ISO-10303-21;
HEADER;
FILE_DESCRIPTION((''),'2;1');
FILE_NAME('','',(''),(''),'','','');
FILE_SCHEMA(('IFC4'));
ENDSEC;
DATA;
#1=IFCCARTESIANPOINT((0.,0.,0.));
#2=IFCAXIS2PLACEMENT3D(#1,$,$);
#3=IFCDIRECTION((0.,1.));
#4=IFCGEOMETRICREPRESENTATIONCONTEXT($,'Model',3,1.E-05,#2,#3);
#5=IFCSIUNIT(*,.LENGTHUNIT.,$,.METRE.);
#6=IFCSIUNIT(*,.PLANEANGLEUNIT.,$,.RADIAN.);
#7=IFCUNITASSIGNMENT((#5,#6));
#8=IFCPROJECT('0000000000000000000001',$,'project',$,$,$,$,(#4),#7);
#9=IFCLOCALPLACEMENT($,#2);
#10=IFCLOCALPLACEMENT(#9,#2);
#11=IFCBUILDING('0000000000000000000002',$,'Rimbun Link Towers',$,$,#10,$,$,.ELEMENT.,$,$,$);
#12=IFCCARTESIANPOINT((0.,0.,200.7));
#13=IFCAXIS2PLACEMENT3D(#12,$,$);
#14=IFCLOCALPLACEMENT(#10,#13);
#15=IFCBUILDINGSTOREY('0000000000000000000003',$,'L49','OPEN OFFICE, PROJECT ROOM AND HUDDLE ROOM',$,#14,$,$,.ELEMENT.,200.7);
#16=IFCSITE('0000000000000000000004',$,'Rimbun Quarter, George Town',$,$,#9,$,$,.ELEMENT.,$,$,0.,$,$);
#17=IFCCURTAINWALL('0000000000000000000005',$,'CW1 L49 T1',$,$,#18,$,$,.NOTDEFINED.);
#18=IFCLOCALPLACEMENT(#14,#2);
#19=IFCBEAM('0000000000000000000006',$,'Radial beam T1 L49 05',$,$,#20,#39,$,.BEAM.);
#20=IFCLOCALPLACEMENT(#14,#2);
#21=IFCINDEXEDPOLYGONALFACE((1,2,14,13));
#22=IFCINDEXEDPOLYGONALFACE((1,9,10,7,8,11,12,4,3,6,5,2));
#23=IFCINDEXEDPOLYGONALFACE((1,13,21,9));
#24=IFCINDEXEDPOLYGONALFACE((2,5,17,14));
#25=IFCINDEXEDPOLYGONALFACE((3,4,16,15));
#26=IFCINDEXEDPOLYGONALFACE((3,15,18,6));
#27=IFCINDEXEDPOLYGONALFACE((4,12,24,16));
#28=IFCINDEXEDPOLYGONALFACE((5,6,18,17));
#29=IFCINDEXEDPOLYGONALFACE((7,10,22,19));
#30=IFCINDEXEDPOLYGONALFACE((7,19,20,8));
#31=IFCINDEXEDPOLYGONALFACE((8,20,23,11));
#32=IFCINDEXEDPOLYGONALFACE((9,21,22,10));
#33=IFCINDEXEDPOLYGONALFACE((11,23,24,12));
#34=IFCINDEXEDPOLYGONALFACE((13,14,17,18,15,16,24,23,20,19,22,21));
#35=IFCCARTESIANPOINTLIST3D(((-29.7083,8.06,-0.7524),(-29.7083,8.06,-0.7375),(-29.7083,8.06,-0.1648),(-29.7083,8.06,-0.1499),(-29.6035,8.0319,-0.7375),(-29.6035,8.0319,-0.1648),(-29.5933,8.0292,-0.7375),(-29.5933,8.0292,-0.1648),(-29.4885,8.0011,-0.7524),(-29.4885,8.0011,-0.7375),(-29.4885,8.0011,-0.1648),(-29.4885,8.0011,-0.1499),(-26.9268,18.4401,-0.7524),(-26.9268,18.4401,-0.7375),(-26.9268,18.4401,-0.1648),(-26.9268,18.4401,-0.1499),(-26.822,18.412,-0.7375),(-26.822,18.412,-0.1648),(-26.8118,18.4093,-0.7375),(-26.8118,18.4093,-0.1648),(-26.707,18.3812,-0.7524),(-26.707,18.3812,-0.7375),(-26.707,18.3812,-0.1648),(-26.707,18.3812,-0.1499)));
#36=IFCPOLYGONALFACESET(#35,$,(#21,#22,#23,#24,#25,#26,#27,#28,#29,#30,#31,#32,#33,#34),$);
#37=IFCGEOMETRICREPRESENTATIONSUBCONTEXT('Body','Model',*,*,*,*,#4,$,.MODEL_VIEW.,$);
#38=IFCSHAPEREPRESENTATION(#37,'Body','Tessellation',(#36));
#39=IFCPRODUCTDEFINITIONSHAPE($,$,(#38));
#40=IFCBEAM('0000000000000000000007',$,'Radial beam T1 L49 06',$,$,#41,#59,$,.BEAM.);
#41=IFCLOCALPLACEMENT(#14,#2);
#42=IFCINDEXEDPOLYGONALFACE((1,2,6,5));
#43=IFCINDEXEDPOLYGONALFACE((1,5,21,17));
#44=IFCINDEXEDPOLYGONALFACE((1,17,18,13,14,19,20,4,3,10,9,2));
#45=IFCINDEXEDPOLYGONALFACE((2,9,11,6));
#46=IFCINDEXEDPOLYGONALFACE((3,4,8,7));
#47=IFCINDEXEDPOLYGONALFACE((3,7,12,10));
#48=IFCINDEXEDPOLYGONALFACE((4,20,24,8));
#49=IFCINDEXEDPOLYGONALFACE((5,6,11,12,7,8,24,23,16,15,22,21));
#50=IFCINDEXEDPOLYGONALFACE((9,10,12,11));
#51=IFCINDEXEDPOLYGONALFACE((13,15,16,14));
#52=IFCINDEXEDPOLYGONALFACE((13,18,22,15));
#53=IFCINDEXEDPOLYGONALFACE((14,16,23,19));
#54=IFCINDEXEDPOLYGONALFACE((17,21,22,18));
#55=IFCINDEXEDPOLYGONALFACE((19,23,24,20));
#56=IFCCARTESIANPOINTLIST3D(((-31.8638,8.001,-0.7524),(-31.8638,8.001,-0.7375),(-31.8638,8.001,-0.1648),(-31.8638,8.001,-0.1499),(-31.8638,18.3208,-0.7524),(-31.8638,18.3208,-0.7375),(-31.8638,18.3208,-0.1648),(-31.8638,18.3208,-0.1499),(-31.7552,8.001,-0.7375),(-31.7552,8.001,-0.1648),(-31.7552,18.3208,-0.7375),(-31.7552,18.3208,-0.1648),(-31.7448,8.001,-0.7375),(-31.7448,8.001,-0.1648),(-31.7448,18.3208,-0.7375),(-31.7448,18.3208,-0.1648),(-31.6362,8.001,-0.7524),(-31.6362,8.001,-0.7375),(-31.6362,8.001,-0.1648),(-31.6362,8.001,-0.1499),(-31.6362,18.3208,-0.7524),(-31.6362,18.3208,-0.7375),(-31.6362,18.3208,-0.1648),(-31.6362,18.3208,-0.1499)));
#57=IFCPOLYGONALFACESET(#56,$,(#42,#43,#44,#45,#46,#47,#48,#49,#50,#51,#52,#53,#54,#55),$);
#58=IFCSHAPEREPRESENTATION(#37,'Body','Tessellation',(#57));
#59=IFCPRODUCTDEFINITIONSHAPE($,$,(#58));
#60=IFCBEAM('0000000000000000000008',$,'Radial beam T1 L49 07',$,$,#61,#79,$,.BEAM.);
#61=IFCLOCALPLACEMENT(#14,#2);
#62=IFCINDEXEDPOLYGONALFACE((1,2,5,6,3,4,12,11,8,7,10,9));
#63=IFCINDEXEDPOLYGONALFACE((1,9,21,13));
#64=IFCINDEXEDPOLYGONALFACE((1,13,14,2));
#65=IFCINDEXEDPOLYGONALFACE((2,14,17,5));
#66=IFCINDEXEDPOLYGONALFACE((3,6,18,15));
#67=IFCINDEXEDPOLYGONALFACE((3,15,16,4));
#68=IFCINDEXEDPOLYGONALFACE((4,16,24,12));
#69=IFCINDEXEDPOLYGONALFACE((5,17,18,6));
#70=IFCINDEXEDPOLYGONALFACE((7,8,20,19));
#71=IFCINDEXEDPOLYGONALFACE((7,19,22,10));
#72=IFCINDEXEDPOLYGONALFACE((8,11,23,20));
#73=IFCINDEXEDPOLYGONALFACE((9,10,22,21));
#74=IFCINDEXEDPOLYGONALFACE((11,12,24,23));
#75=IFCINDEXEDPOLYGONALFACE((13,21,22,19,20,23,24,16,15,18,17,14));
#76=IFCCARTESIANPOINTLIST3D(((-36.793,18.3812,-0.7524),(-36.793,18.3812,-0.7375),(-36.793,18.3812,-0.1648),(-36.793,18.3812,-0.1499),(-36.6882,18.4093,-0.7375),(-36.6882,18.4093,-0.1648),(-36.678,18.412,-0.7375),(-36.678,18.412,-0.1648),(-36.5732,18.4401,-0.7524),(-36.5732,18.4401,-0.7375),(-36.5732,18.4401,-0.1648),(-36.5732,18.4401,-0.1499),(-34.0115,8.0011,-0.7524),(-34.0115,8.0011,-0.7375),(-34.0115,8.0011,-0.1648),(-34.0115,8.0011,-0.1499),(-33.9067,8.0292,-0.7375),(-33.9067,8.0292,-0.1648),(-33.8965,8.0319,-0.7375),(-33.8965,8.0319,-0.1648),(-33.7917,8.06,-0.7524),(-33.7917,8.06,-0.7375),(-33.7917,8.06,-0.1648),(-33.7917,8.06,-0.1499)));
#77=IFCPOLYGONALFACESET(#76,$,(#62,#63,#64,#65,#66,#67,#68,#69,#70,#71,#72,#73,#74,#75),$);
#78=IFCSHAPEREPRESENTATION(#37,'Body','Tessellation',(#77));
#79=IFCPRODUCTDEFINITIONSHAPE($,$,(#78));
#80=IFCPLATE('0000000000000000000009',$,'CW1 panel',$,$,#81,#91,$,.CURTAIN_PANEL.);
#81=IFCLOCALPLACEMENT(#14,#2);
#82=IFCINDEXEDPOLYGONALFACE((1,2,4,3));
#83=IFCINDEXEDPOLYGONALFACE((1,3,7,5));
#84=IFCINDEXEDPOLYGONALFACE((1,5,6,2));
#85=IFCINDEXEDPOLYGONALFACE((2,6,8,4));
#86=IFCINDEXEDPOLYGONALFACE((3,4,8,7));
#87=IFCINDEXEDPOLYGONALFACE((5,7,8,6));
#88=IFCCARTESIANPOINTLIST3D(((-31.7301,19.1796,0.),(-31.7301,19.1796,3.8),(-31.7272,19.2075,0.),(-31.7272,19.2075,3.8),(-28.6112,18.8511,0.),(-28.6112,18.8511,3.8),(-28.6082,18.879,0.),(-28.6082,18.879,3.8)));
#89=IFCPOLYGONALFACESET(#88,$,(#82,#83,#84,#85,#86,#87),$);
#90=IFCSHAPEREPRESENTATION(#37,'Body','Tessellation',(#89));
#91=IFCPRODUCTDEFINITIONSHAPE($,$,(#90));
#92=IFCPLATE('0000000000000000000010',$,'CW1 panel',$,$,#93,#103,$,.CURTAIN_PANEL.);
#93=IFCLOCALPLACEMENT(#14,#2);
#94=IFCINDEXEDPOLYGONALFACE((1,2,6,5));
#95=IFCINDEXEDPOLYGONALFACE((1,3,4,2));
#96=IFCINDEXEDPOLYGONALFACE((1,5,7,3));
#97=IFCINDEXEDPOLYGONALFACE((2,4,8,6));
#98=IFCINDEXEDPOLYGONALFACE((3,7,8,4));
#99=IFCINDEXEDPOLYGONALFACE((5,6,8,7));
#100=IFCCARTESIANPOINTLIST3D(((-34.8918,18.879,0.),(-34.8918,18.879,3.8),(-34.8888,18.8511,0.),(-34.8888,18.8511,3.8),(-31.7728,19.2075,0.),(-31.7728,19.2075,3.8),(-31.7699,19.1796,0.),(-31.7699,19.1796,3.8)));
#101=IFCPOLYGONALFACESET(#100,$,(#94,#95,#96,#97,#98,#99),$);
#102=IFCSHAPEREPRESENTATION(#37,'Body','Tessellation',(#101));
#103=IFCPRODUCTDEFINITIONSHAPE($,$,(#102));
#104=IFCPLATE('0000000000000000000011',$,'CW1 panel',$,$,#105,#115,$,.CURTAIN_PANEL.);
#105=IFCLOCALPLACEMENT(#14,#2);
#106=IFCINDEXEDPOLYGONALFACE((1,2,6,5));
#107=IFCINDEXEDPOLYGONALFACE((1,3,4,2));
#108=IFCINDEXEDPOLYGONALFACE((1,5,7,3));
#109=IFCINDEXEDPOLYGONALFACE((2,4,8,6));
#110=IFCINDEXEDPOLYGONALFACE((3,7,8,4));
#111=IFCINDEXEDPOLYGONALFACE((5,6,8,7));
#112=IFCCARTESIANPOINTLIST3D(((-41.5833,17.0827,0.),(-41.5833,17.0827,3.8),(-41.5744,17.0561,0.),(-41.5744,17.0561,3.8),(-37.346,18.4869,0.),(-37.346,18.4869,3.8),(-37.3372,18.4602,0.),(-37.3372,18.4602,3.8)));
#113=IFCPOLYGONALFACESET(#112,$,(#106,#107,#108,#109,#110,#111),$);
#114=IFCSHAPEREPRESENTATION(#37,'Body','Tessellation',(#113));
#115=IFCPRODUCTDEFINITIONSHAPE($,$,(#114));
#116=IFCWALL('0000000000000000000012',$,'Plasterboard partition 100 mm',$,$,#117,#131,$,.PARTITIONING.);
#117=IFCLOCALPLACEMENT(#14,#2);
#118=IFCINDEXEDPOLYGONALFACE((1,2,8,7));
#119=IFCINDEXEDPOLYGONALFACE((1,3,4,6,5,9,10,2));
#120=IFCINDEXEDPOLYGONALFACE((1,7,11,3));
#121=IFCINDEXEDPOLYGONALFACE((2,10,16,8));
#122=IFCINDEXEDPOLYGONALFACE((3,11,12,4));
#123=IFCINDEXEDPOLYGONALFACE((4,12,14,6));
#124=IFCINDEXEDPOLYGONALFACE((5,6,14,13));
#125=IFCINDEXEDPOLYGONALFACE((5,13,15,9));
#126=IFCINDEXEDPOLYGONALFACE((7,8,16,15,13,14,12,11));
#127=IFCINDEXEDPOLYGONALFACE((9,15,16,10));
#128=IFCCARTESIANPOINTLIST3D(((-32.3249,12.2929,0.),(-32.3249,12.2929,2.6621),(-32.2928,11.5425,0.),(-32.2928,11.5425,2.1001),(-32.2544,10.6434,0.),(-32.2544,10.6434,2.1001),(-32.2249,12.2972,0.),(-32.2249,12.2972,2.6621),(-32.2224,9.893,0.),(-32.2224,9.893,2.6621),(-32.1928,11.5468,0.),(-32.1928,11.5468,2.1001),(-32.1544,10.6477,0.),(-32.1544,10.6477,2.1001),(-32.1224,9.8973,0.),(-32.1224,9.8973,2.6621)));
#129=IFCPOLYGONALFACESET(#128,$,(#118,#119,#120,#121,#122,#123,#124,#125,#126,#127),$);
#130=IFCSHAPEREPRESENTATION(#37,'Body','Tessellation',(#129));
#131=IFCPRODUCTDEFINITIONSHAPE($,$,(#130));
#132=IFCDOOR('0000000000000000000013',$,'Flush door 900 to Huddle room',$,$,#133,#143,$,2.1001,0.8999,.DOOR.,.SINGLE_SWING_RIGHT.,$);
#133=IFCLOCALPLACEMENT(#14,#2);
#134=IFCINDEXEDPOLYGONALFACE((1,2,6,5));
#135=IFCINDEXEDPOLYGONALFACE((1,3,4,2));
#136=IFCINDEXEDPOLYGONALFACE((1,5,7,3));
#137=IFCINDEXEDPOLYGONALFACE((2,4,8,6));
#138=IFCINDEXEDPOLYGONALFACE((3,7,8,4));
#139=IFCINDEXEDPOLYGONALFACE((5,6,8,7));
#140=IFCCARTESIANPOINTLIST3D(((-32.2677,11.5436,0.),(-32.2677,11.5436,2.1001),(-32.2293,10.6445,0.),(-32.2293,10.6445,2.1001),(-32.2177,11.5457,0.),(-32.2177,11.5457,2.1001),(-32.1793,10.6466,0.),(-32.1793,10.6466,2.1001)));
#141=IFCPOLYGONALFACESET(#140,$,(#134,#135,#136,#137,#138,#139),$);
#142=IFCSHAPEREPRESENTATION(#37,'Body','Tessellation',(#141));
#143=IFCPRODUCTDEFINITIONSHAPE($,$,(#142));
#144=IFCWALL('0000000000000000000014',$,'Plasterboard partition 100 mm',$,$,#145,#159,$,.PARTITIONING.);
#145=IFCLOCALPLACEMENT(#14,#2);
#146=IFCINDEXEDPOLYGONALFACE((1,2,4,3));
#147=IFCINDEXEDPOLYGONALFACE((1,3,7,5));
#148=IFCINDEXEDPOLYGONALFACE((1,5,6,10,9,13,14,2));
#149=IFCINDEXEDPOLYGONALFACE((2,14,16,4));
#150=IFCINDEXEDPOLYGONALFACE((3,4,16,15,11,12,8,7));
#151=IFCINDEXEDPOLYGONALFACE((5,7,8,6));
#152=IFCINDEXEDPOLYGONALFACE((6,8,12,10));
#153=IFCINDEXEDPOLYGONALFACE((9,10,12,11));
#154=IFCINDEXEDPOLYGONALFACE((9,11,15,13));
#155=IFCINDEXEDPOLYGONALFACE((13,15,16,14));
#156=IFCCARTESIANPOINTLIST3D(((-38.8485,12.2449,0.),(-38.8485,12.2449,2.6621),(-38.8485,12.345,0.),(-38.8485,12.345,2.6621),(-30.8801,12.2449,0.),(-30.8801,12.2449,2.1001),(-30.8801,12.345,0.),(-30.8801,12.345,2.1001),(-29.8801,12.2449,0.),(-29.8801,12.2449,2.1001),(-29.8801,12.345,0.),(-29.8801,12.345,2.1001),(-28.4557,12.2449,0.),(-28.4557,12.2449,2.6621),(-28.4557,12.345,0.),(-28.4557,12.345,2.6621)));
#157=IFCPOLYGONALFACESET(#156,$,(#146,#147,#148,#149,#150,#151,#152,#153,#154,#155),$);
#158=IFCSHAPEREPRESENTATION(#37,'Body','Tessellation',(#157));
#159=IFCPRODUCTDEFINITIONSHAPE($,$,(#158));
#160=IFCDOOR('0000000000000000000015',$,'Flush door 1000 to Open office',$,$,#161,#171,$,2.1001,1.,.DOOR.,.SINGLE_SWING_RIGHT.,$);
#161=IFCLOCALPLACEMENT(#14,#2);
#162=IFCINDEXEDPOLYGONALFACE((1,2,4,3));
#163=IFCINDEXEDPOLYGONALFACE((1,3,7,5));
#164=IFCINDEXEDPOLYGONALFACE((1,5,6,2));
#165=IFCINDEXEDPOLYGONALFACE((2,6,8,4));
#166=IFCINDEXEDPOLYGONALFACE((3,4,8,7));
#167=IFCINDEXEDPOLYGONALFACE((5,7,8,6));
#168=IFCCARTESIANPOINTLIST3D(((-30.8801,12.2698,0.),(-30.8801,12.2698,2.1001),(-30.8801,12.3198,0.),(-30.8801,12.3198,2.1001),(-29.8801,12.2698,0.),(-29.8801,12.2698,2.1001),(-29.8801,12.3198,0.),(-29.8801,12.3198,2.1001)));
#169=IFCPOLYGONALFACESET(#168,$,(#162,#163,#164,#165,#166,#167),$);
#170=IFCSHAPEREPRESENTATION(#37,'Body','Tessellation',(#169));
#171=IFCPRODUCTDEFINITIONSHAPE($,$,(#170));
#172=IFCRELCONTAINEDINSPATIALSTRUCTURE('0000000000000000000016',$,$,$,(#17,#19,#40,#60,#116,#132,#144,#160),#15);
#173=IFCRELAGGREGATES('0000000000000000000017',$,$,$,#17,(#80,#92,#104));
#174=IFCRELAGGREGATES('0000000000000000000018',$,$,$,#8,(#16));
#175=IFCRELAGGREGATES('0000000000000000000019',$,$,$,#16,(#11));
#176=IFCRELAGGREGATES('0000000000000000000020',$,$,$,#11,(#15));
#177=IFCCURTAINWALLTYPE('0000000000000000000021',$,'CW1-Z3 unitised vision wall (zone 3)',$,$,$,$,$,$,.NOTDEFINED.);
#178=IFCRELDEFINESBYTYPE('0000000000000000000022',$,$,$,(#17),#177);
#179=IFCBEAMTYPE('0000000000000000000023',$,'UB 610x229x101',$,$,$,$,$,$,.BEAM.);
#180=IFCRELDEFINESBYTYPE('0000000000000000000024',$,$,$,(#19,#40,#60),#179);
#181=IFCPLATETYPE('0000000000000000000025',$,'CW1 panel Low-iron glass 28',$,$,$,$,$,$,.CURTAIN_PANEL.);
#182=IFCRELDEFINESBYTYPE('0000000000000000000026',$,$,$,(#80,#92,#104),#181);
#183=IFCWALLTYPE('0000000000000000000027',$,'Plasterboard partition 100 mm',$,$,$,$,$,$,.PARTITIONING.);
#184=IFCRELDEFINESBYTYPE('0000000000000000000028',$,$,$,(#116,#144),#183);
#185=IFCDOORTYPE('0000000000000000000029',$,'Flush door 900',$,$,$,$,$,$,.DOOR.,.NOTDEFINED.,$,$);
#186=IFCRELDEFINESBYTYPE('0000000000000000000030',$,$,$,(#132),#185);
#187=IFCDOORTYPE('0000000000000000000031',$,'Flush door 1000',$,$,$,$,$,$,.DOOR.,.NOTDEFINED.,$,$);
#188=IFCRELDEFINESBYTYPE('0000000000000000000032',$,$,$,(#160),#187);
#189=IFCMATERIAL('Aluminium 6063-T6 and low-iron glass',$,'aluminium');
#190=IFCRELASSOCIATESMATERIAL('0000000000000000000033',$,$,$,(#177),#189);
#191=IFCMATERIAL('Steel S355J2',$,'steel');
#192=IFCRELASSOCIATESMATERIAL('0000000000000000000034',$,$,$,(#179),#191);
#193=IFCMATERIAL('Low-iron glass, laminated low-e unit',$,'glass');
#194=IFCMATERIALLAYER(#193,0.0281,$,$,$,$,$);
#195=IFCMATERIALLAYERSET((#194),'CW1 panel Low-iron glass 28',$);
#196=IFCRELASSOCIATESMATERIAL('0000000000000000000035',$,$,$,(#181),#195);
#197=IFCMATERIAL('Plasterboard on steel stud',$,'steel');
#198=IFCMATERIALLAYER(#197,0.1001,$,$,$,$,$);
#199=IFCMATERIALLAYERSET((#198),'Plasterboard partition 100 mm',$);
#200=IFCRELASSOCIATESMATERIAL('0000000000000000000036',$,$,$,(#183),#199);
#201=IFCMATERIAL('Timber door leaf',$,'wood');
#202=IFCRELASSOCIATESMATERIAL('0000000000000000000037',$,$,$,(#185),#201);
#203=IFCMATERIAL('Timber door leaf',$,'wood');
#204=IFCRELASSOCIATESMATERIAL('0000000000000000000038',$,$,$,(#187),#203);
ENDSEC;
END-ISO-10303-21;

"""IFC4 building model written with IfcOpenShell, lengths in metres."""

from ifc_helpers import new_model, si_unit, direction, frame, frame_2d, origin, origin_2d, place, context, subcontext, project, spatial, rectangle, i_section, extrude, material, layer, layer_set, material_profile, profile_set, type_object, element, fill, aggregate, save


model = new_model("IFC4")

# Units and contexts
model_context = context("Model", 3, precision=1e-05, world=origin(), true_north=direction((0.0, 1.0)))
body_context = subcontext(model_context, "Body", "Model", "MODEL_VIEW")
ifc_project = project(units=[si_unit("LENGTHUNIT", "METRE"), si_unit("PLANEANGLEUNIT", "RADIAN")], contexts=[model_context])

# Site, building, storey
site_placement = place(None, origin())
site = spatial("IfcSite", under=ifc_project, at=site_placement, Name="Rimbun Quarter, George Town", CompositionType="ELEMENT", RefElevation=0.0)
building_placement = place(site_placement, origin())
building = spatial("IfcBuilding", under=site, at=building_placement, Name="Rimbun Link Towers", CompositionType="ELEMENT")
storey_placement = place(building_placement, frame((0.0, 0.0, 200.7)))
storey = spatial("IfcBuildingStorey", under=building, at=storey_placement, Name="L49", Description="OPEN OFFICE, PROJECT ROOM AND HUDDLE ROOM", CompositionType="ELEMENT", Elevation=200.7)

# Curtain wall
ifc_material_1 = material(Name="Aluminium 6063-T6 and low-iron glass", Category="aluminium")
curtain_wall_type = type_object("IfcCurtainWallType", Name="CW1-Z3 unitised vision wall (zone 3)", PredefinedType="NOTDEFINED", material=ifc_material_1)
curtain_wall_placement = place(storey_placement, origin())
curtain_wall = element("IfcCurtainWall", 1, at=curtain_wall_placement, inside=storey, type_object=curtain_wall_type, Name="CW1 L49 T1", PredefinedType="NOTDEFINED")

# Beams
ifc_material_2 = material(Name="Steel S355J2", Category="steel")
ifc_material_profile_1 = material_profile(ifc_material_2, i_section(OverallWidth=0.2275, OverallDepth=0.6025, WebThickness=0.0105, FlangeThickness=0.0149, at=origin_2d()), Name="UB 610x229x101")
ifc_profile_set_1 = profile_set([ifc_material_profile_1], Name="Steel S355J2")
beam_type_1 = type_object("IfcBeamType", Name="UB 610x229x101", PredefinedType="BEAM", material=ifc_profile_set_1)
beam_1_placement = place(storey_placement, frame((-29.5984, 8.0305, -0.4512), z_axis=(0.258832, 0.965922, 0.0), x_axis=(-0.965922, 0.258832, 0.0)))
element("IfcBeam", 2, at=beam_1_placement, inside=storey, type_object=beam_type_1, Name="Radial beam T1 L49 05", PredefinedType="BEAM", context=body_context, shape_type="SweptSolid", body=[
    extrude(i_section(OverallWidth=0.2275, OverallDepth=0.6025, WebThickness=0.0105, FlangeThickness=0.0149, at=origin_2d()), origin(), (0.0, 0.0, 1.0), 10.7463),
])
beam_2_placement = place(storey_placement, frame((-31.75, 8.001, -0.4512), z_axis=(0.0, 1.0, 0.0), x_axis=(-1.0, 0.0, 0.0)))
element("IfcBeam", 3, at=beam_2_placement, inside=storey, type_object=beam_type_1, Name="Radial beam T1 L49 06", PredefinedType="BEAM", context=body_context, shape_type="SweptSolid", body=[
    extrude(i_section(OverallWidth=0.2275, OverallDepth=0.6025, WebThickness=0.0105, FlangeThickness=0.0149, at=origin_2d()), origin(), (0.0, 0.0, 1.0), 10.3198),
])
beam_3_placement = place(storey_placement, frame((-33.9016, 8.0305, -0.4512), z_axis=(-0.258832, 0.965922, 0.0), x_axis=(-0.965922, -0.258832, 0.0)))
element("IfcBeam", 4, at=beam_3_placement, inside=storey, type_object=beam_type_1, Name="Radial beam T1 L49 07", PredefinedType="BEAM", context=body_context, shape_type="SweptSolid", body=[
    extrude(i_section(OverallWidth=0.2275, OverallDepth=0.6025, WebThickness=0.0105, FlangeThickness=0.0149, at=origin_2d()), origin(), (0.0, 0.0, 1.0), 10.7463),
])

# Plates
ifc_material_3 = material(Name="Low-iron glass, laminated low-e unit", Category="glass")
ifc_layer_1 = layer(ifc_material_3, 0.0281)
ifc_layer_set_1 = layer_set([ifc_layer_1], Name="CW1 panel Low-iron glass 28")
plate_type = type_object("IfcPlateType", Name="CW1 panel Low-iron glass 28", PredefinedType="CURTAIN_PANEL", material=ifc_layer_set_1)
plate_1_placement = place(storey_placement, frame((-30.1692, 19.0293, 0.0), z_axis=(0.0, 0.0, 1.0), x_axis=(0.994499, -0.104748, 0.0)))
plate_1 = element("IfcPlate", 5, at=plate_1_placement, type_object=plate_type, Name="CW1 panel", PredefinedType="CURTAIN_PANEL", context=body_context, shape_type="SweptSolid", body=[
    extrude(rectangle(XDim=3.1362, YDim=0.0281, at=origin_2d()), origin(), (0.0, 0.0, 1.0), 3.8),
])
plate_2_placement = place(storey_placement, frame((-33.3308, 19.0293, 0.0), z_axis=(0.0, 0.0, 1.0), x_axis=(0.994499, 0.104748, 0.0)))
plate_2 = element("IfcPlate", 6, at=plate_2_placement, type_object=plate_type, Name="CW1 panel", PredefinedType="CURTAIN_PANEL", context=body_context, shape_type="SweptSolid", body=[
    extrude(rectangle(XDim=3.1362, YDim=0.0281, at=origin_2d()), origin(), (0.0, 0.0, 1.0), 3.8),
])
plate_3_placement = place(storey_placement, frame((-39.4602, 17.7715, 0.0), z_axis=(0.0, 0.0, 1.0), x_axis=(0.949238, 0.314558, 0.0)))
plate_3 = element("IfcPlate", 7, at=plate_3_placement, type_object=plate_type, Name="CW1 panel", PredefinedType="CURTAIN_PANEL", context=body_context, shape_type="SweptSolid", body=[
    extrude(rectangle(XDim=4.4639, YDim=0.0281, at=origin_2d()), origin(), (0.0, 0.0, 1.0), 3.8),
])
aggregate(curtain_wall, [plate_1, plate_2, plate_3])

# Walls, openings, doors
ifc_material_4 = material(Name="Plasterboard on steel stud", Category="steel")
ifc_layer_2 = layer(ifc_material_4, 0.1001)
ifc_layer_set_2 = layer_set([ifc_layer_2], Name="Plasterboard partition 100 mm")
wall_type_1 = type_object("IfcWallType", Name="Plasterboard partition 100 mm", PredefinedType="PARTITIONING", material=ifc_layer_set_2)
wall_1_placement = place(storey_placement, frame((-32.1724, 9.895, 0.0), z_axis=(0.0, 0.0, 1.0), x_axis=(-0.042687, 0.999088, 0.0)))
wall_1 = element("IfcWall", 8, at=wall_1_placement, inside=storey, type_object=wall_type_1, Name="Plasterboard partition 100 mm", PredefinedType="PARTITIONING", context=body_context, shape_type="SweptSolid", body=[
    extrude(rectangle(XDim=2.4021, YDim=0.1001, at=frame_2d((1.2012, 0.0))), origin(), (0.0, 0.0, 1.0), 2.6621),
])
opening_1_placement = place(wall_1_placement, frame((0.7512, 0.0, 0.0)))
opening_1 = element("IfcOpeningElement", 9, at=opening_1_placement, cuts=wall_1, PredefinedType="OPENING", context=body_context, shape_type="SweptSolid", body=[
    extrude(rectangle(XDim=0.8999, YDim=2.1001, at=frame_2d((0.45, 1.05))), frame((0.0, 0.0601, 0.0), z_axis=(0.0, -1.0, 0.0), x_axis=(1.0, 0.0, 0.0)), (0.0, 0.0, 1.0), 0.1201),
])
ifc_material_5 = material(Name="Timber door leaf", Category="wood")
door_type_1 = type_object("IfcDoorType", Name="Flush door 900", OperationType="NOTDEFINED", PredefinedType="DOOR", material=ifc_material_5)
door_1_placement = place(opening_1_placement, origin())
door_1 = element("IfcDoor", 10, at=door_1_placement, inside=storey, type_object=door_type_1, Name="Flush door 900 to Huddle room", OperationType="SINGLE_SWING_RIGHT", OverallHeight=2.1001, OverallWidth=0.8999, PredefinedType="DOOR", context=body_context, shape_type="SweptSolid", body=[
    extrude(rectangle(XDim=0.8999, YDim=2.1001, at=frame_2d((0.45, 1.05))), frame((0.0, 0.0249, 0.0), z_axis=(0.0, -1.0, 0.0), x_axis=(1.0, 0.0, 0.0)), (0.0, 0.0, 1.0), 0.05),
])
fill(opening_1, door_1)
wall_2_placement = place(storey_placement, frame((-38.8484, 12.2949, 0.0), z_axis=(0.0, 0.0, 1.0), x_axis=(1.0, 0.0, 0.0)))
wall_2 = element("IfcWall", 11, at=wall_2_placement, inside=storey, type_object=wall_type_1, Name="Plasterboard partition 100 mm", PredefinedType="PARTITIONING", context=body_context, shape_type="SweptSolid", body=[
    extrude(rectangle(XDim=10.3928, YDim=0.1001, at=frame_2d((5.1963, 0.0))), origin(), (0.0, 0.0, 1.0), 2.6621),
])
opening_2_placement = place(wall_2_placement, frame((7.9683, 0.0, 0.0)))
opening_2 = element("IfcOpeningElement", 12, at=opening_2_placement, cuts=wall_2, PredefinedType="OPENING", context=body_context, shape_type="SweptSolid", body=[
    extrude(rectangle(XDim=1.0, YDim=2.1001, at=frame_2d((0.5, 1.05))), frame((0.0, 0.0601, 0.0), z_axis=(0.0, -1.0, 0.0), x_axis=(1.0, 0.0, 0.0)), (0.0, 0.0, 1.0), 0.1201),
])
ifc_material_6 = material(Name="Timber door leaf", Category="wood")
door_type_2 = type_object("IfcDoorType", Name="Flush door 1000", OperationType="NOTDEFINED", PredefinedType="DOOR", material=ifc_material_6)
door_2_placement = place(opening_2_placement, origin())
door_2 = element("IfcDoor", 13, at=door_2_placement, inside=storey, type_object=door_type_2, Name="Flush door 1000 to Open office", OperationType="SINGLE_SWING_RIGHT", OverallHeight=2.1001, OverallWidth=1.0, PredefinedType="DOOR", context=body_context, shape_type="SweptSolid", body=[
    extrude(rectangle(XDim=1.0, YDim=2.1001, at=frame_2d((0.5, 1.05))), frame((0.0, 0.0249, 0.0), z_axis=(0.0, -1.0, 0.0), x_axis=(1.0, 0.0, 0.0)), (0.0, 0.0, 1.0), 0.05),
])
fill(opening_2, door_2)

save(model, "model.ifc")
